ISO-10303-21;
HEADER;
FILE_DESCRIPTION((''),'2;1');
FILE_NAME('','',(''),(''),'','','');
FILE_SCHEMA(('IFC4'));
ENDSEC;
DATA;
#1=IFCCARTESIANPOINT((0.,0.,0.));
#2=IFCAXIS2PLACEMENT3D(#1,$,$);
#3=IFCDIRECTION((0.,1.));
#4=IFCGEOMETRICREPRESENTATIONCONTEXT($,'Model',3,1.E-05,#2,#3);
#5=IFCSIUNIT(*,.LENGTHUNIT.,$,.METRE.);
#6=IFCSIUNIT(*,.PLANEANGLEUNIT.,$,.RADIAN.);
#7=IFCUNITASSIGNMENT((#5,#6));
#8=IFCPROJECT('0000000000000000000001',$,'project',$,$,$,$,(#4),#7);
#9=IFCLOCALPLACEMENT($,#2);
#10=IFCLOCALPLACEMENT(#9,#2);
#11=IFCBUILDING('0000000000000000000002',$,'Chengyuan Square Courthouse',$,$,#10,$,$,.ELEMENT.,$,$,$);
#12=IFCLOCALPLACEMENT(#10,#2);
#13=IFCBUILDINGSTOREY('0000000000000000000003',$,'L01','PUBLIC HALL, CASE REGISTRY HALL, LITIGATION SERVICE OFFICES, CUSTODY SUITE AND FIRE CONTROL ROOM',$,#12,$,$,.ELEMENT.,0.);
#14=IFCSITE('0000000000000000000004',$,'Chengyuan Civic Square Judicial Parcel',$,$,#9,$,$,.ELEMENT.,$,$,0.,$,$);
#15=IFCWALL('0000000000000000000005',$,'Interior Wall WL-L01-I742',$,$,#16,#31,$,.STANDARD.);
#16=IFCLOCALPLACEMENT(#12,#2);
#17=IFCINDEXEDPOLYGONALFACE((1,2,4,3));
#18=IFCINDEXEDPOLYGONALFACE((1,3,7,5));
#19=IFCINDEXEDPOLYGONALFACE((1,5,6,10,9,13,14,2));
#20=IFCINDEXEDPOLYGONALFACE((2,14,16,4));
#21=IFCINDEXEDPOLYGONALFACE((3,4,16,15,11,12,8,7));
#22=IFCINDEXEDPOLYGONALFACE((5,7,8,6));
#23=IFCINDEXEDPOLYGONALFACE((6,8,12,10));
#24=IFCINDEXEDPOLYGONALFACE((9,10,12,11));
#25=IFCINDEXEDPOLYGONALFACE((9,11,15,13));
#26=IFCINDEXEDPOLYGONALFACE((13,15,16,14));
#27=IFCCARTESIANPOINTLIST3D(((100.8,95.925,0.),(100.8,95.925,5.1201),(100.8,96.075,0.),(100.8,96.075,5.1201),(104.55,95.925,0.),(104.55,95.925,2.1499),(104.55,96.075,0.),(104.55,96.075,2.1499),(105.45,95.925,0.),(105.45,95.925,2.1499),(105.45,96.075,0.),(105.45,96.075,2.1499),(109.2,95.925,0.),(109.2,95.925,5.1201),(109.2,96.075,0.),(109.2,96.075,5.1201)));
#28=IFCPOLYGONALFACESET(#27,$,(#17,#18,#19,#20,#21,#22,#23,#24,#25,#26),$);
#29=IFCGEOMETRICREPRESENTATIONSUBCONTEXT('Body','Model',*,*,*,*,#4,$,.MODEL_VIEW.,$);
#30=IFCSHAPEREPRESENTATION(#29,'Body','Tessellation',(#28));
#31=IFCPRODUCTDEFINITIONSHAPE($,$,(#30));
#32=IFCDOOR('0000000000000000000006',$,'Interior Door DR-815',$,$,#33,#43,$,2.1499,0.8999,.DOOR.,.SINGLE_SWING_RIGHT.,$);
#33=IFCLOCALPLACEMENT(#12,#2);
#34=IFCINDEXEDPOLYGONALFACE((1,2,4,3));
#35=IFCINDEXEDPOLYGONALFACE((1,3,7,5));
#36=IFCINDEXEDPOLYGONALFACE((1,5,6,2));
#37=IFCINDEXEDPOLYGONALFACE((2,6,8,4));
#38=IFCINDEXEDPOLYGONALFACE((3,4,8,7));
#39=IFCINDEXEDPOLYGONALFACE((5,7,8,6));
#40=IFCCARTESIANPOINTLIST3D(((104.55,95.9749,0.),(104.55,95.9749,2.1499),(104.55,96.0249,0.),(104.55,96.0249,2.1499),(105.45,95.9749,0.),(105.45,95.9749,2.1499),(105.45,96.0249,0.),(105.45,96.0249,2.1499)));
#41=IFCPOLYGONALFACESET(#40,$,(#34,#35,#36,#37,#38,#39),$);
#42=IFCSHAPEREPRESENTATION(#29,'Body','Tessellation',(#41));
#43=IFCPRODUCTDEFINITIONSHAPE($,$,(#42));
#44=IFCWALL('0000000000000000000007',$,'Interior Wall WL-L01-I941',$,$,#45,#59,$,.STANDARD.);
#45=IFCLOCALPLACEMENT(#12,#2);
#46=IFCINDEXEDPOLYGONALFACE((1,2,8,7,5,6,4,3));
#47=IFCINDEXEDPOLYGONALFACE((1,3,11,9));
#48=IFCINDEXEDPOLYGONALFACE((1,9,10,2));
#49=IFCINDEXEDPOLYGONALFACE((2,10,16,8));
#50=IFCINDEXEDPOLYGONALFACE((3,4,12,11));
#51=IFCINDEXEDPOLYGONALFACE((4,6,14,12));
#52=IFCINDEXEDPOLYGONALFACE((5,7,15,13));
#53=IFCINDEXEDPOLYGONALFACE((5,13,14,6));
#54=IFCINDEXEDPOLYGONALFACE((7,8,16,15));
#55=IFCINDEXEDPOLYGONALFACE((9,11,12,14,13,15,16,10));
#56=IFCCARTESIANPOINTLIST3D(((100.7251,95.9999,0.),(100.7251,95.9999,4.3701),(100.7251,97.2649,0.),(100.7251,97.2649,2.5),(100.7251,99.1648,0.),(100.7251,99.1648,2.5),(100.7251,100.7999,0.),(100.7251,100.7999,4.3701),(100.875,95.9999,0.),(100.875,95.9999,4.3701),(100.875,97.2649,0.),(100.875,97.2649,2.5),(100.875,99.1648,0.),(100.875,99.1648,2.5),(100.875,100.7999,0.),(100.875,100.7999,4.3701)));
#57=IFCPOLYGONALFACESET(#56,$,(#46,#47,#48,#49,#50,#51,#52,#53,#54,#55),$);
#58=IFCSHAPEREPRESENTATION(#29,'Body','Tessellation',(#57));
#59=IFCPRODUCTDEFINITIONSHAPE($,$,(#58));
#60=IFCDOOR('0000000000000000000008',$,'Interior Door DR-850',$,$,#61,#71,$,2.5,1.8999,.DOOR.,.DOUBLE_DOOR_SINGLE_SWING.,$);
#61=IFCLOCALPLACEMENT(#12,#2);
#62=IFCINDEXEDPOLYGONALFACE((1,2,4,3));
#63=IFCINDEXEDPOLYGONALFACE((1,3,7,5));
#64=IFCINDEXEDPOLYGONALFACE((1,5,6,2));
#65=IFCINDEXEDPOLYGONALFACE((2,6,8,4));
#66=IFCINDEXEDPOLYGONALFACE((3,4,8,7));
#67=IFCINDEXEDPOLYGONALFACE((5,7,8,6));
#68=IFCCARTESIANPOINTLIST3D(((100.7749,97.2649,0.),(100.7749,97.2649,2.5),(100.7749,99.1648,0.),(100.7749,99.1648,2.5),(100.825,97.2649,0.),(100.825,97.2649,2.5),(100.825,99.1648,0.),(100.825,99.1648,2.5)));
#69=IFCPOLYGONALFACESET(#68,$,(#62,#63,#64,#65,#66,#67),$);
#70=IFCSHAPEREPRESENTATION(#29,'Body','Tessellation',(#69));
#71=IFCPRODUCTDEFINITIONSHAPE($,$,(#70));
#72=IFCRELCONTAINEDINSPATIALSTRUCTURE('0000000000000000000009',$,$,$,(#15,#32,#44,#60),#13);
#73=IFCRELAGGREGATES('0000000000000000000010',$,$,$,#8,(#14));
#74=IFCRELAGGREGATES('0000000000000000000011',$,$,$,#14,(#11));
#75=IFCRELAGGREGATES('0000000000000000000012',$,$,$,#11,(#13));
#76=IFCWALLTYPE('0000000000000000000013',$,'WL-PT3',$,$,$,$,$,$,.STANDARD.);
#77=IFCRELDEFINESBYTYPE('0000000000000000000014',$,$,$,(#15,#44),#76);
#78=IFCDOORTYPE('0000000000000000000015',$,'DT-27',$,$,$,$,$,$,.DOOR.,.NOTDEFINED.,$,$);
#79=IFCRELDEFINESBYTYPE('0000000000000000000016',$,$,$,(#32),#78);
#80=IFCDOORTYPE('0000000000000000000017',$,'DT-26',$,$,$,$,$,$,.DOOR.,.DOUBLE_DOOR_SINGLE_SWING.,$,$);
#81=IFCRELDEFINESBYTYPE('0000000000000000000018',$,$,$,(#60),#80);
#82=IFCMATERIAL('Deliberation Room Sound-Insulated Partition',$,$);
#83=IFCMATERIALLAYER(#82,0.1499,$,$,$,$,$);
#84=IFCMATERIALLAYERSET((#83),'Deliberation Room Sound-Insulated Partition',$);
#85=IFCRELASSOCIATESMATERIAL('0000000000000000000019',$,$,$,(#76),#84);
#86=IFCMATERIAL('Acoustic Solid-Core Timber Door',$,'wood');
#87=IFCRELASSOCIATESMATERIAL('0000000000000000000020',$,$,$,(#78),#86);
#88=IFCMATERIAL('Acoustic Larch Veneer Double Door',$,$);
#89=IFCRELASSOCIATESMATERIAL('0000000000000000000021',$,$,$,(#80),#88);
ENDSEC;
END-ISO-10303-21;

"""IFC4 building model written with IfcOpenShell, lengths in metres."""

from ifc_helpers import new_model, si_unit, direction, frame, frame_2d, origin, place, context, subcontext, project, spatial, rectangle, extrude, material, layer, layer_set, type_object, element, fill, save


model = new_model("IFC4")

# Units and contexts
model_context = context("Model", 3, precision=1e-05, world=origin(), true_north=direction((0.0, 1.0)))
body_context = subcontext(model_context, "Body", "Model", "MODEL_VIEW")
ifc_project = project(units=[si_unit("LENGTHUNIT", "METRE"), si_unit("PLANEANGLEUNIT", "RADIAN")], contexts=[model_context])

# Site, building, storey
site_placement = place(None, origin())
site = spatial("IfcSite", under=ifc_project, at=site_placement, Name="Chengyuan Civic Square Judicial Parcel", CompositionType="ELEMENT", RefElevation=0.0)
building_placement = place(site_placement, origin())
building = spatial("IfcBuilding", under=site, at=building_placement, Name="Chengyuan Square Courthouse", CompositionType="ELEMENT")
storey_placement = place(building_placement, origin())
storey = spatial("IfcBuildingStorey", under=building, at=storey_placement, Name="L01", Description="PUBLIC HALL, CASE REGISTRY HALL, LITIGATION SERVICE OFFICES, CUSTODY SUITE AND FIRE CONTROL ROOM", CompositionType="ELEMENT", Elevation=0.0)

# Walls, openings, doors
ifc_material_1 = material(Name="Deliberation Room Sound-Insulated Partition")
ifc_layer_1 = layer(ifc_material_1, 0.1499)
ifc_layer_set_1 = layer_set([ifc_layer_1], Name="Deliberation Room Sound-Insulated Partition")
wall_type_1 = type_object("IfcWallType", Name="WL-PT3", PredefinedType="STANDARD", material=ifc_layer_set_1)
wall_1_placement = place(storey_placement, frame((100.8, 96.0, 0.0), z_axis=(0.0, 0.0, 1.0), x_axis=(1.0, 0.0, 0.0)))
wall_1 = element("IfcWall", 1, at=wall_1_placement, inside=storey, type_object=wall_type_1, Name="Interior Wall WL-L01-I742", PredefinedType="STANDARD", context=body_context, shape_type="SweptSolid", body=[
    extrude(rectangle(XDim=8.3999, YDim=0.1499, at=frame_2d((4.2, 0.0))), origin(), (0.0, 0.0, 1.0), 5.1201),
])
opening_1_placement = place(wall_1_placement, frame((3.75, 0.0, 0.0)))
opening_1 = element("IfcOpeningElement", 2, at=opening_1_placement, cuts=wall_1, PredefinedType="OPENING", context=body_context, shape_type="SweptSolid", body=[
    extrude(rectangle(XDim=0.8999, YDim=2.1499, at=frame_2d((0.45, 1.075))), frame((0.0, 0.0869, 0.0), z_axis=(0.0, -1.0, 0.0), x_axis=(1.0, 0.0, 0.0)), (0.0, 0.0, 1.0), 0.1738),
])
ifc_material_2 = material(Name="Acoustic Solid-Core Timber Door", Category="wood")
door_type_1 = type_object("IfcDoorType", Name="DT-27", OperationType="NOTDEFINED", PredefinedType="DOOR", material=ifc_material_2)
door_1_placement = place(opening_1_placement, origin())
door_1 = element("IfcDoor", 3, at=door_1_placement, inside=storey, type_object=door_type_1, Name="Interior Door DR-815", OperationType="SINGLE_SWING_RIGHT", OverallHeight=2.1499, OverallWidth=0.8999, PredefinedType="DOOR", context=body_context, shape_type="SweptSolid", body=[
    extrude(rectangle(XDim=0.8999, YDim=2.1499, at=frame_2d((0.45, 1.075))), frame((0.0, 0.0249, 0.0), z_axis=(0.0, -1.0, 0.0), x_axis=(1.0, 0.0, 0.0)), (0.0, 0.0, 1.0), 0.05),
])
fill(opening_1, door_1)
wall_2_placement = place(storey_placement, frame((100.8, 96.0, 0.0), z_axis=(0.0, 0.0, 1.0), x_axis=(0.0, 1.0, 0.0)))
wall_2 = element("IfcWall", 4, at=wall_2_placement, inside=storey, type_object=wall_type_1, Name="Interior Wall WL-L01-I941", PredefinedType="STANDARD", context=body_context, shape_type="SweptSolid", body=[
    extrude(rectangle(XDim=4.8, YDim=0.1499, at=frame_2d((2.3999, 0.0))), origin(), (0.0, 0.0, 1.0), 4.3701),
])
opening_2_placement = place(wall_2_placement, frame((1.2649, 0.0, 0.0)))
opening_2 = element("IfcOpeningElement", 5, at=opening_2_placement, cuts=wall_2, PredefinedType="OPENING", context=body_context, shape_type="SweptSolid", body=[
    extrude(rectangle(XDim=1.8999, YDim=2.5, at=frame_2d((0.95, 1.25))), frame((0.0, 0.0869, 0.0), z_axis=(0.0, -1.0, 0.0), x_axis=(1.0, 0.0, 0.0)), (0.0, 0.0, 1.0), 0.1738),
])
ifc_material_3 = material(Name="Acoustic Larch Veneer Double Door")
door_type_2 = type_object("IfcDoorType", Name="DT-26", OperationType="DOUBLE_DOOR_SINGLE_SWING", PredefinedType="DOOR", material=ifc_material_3)
door_2_placement = place(opening_2_placement, frame((1.8999, 0.0, 0.0), z_axis=(0.0, 0.0, 1.0), x_axis=(-1.0, 0.0, 0.0)))
door_2 = element("IfcDoor", 6, at=door_2_placement, inside=storey, type_object=door_type_2, Name="Interior Door DR-850", OperationType="DOUBLE_DOOR_SINGLE_SWING", OverallHeight=2.5, OverallWidth=1.8999, PredefinedType="DOOR", context=body_context, shape_type="SweptSolid", body=[
    extrude(rectangle(XDim=1.8999, YDim=2.5, at=frame_2d((0.95, 1.25))), frame((0.0, 0.0249, 0.0), z_axis=(0.0, -1.0, 0.0), x_axis=(1.0, 0.0, 0.0)), (0.0, 0.0, 1.0), 0.05),
])
fill(opening_2, door_2)

save(model, "model.ifc")
